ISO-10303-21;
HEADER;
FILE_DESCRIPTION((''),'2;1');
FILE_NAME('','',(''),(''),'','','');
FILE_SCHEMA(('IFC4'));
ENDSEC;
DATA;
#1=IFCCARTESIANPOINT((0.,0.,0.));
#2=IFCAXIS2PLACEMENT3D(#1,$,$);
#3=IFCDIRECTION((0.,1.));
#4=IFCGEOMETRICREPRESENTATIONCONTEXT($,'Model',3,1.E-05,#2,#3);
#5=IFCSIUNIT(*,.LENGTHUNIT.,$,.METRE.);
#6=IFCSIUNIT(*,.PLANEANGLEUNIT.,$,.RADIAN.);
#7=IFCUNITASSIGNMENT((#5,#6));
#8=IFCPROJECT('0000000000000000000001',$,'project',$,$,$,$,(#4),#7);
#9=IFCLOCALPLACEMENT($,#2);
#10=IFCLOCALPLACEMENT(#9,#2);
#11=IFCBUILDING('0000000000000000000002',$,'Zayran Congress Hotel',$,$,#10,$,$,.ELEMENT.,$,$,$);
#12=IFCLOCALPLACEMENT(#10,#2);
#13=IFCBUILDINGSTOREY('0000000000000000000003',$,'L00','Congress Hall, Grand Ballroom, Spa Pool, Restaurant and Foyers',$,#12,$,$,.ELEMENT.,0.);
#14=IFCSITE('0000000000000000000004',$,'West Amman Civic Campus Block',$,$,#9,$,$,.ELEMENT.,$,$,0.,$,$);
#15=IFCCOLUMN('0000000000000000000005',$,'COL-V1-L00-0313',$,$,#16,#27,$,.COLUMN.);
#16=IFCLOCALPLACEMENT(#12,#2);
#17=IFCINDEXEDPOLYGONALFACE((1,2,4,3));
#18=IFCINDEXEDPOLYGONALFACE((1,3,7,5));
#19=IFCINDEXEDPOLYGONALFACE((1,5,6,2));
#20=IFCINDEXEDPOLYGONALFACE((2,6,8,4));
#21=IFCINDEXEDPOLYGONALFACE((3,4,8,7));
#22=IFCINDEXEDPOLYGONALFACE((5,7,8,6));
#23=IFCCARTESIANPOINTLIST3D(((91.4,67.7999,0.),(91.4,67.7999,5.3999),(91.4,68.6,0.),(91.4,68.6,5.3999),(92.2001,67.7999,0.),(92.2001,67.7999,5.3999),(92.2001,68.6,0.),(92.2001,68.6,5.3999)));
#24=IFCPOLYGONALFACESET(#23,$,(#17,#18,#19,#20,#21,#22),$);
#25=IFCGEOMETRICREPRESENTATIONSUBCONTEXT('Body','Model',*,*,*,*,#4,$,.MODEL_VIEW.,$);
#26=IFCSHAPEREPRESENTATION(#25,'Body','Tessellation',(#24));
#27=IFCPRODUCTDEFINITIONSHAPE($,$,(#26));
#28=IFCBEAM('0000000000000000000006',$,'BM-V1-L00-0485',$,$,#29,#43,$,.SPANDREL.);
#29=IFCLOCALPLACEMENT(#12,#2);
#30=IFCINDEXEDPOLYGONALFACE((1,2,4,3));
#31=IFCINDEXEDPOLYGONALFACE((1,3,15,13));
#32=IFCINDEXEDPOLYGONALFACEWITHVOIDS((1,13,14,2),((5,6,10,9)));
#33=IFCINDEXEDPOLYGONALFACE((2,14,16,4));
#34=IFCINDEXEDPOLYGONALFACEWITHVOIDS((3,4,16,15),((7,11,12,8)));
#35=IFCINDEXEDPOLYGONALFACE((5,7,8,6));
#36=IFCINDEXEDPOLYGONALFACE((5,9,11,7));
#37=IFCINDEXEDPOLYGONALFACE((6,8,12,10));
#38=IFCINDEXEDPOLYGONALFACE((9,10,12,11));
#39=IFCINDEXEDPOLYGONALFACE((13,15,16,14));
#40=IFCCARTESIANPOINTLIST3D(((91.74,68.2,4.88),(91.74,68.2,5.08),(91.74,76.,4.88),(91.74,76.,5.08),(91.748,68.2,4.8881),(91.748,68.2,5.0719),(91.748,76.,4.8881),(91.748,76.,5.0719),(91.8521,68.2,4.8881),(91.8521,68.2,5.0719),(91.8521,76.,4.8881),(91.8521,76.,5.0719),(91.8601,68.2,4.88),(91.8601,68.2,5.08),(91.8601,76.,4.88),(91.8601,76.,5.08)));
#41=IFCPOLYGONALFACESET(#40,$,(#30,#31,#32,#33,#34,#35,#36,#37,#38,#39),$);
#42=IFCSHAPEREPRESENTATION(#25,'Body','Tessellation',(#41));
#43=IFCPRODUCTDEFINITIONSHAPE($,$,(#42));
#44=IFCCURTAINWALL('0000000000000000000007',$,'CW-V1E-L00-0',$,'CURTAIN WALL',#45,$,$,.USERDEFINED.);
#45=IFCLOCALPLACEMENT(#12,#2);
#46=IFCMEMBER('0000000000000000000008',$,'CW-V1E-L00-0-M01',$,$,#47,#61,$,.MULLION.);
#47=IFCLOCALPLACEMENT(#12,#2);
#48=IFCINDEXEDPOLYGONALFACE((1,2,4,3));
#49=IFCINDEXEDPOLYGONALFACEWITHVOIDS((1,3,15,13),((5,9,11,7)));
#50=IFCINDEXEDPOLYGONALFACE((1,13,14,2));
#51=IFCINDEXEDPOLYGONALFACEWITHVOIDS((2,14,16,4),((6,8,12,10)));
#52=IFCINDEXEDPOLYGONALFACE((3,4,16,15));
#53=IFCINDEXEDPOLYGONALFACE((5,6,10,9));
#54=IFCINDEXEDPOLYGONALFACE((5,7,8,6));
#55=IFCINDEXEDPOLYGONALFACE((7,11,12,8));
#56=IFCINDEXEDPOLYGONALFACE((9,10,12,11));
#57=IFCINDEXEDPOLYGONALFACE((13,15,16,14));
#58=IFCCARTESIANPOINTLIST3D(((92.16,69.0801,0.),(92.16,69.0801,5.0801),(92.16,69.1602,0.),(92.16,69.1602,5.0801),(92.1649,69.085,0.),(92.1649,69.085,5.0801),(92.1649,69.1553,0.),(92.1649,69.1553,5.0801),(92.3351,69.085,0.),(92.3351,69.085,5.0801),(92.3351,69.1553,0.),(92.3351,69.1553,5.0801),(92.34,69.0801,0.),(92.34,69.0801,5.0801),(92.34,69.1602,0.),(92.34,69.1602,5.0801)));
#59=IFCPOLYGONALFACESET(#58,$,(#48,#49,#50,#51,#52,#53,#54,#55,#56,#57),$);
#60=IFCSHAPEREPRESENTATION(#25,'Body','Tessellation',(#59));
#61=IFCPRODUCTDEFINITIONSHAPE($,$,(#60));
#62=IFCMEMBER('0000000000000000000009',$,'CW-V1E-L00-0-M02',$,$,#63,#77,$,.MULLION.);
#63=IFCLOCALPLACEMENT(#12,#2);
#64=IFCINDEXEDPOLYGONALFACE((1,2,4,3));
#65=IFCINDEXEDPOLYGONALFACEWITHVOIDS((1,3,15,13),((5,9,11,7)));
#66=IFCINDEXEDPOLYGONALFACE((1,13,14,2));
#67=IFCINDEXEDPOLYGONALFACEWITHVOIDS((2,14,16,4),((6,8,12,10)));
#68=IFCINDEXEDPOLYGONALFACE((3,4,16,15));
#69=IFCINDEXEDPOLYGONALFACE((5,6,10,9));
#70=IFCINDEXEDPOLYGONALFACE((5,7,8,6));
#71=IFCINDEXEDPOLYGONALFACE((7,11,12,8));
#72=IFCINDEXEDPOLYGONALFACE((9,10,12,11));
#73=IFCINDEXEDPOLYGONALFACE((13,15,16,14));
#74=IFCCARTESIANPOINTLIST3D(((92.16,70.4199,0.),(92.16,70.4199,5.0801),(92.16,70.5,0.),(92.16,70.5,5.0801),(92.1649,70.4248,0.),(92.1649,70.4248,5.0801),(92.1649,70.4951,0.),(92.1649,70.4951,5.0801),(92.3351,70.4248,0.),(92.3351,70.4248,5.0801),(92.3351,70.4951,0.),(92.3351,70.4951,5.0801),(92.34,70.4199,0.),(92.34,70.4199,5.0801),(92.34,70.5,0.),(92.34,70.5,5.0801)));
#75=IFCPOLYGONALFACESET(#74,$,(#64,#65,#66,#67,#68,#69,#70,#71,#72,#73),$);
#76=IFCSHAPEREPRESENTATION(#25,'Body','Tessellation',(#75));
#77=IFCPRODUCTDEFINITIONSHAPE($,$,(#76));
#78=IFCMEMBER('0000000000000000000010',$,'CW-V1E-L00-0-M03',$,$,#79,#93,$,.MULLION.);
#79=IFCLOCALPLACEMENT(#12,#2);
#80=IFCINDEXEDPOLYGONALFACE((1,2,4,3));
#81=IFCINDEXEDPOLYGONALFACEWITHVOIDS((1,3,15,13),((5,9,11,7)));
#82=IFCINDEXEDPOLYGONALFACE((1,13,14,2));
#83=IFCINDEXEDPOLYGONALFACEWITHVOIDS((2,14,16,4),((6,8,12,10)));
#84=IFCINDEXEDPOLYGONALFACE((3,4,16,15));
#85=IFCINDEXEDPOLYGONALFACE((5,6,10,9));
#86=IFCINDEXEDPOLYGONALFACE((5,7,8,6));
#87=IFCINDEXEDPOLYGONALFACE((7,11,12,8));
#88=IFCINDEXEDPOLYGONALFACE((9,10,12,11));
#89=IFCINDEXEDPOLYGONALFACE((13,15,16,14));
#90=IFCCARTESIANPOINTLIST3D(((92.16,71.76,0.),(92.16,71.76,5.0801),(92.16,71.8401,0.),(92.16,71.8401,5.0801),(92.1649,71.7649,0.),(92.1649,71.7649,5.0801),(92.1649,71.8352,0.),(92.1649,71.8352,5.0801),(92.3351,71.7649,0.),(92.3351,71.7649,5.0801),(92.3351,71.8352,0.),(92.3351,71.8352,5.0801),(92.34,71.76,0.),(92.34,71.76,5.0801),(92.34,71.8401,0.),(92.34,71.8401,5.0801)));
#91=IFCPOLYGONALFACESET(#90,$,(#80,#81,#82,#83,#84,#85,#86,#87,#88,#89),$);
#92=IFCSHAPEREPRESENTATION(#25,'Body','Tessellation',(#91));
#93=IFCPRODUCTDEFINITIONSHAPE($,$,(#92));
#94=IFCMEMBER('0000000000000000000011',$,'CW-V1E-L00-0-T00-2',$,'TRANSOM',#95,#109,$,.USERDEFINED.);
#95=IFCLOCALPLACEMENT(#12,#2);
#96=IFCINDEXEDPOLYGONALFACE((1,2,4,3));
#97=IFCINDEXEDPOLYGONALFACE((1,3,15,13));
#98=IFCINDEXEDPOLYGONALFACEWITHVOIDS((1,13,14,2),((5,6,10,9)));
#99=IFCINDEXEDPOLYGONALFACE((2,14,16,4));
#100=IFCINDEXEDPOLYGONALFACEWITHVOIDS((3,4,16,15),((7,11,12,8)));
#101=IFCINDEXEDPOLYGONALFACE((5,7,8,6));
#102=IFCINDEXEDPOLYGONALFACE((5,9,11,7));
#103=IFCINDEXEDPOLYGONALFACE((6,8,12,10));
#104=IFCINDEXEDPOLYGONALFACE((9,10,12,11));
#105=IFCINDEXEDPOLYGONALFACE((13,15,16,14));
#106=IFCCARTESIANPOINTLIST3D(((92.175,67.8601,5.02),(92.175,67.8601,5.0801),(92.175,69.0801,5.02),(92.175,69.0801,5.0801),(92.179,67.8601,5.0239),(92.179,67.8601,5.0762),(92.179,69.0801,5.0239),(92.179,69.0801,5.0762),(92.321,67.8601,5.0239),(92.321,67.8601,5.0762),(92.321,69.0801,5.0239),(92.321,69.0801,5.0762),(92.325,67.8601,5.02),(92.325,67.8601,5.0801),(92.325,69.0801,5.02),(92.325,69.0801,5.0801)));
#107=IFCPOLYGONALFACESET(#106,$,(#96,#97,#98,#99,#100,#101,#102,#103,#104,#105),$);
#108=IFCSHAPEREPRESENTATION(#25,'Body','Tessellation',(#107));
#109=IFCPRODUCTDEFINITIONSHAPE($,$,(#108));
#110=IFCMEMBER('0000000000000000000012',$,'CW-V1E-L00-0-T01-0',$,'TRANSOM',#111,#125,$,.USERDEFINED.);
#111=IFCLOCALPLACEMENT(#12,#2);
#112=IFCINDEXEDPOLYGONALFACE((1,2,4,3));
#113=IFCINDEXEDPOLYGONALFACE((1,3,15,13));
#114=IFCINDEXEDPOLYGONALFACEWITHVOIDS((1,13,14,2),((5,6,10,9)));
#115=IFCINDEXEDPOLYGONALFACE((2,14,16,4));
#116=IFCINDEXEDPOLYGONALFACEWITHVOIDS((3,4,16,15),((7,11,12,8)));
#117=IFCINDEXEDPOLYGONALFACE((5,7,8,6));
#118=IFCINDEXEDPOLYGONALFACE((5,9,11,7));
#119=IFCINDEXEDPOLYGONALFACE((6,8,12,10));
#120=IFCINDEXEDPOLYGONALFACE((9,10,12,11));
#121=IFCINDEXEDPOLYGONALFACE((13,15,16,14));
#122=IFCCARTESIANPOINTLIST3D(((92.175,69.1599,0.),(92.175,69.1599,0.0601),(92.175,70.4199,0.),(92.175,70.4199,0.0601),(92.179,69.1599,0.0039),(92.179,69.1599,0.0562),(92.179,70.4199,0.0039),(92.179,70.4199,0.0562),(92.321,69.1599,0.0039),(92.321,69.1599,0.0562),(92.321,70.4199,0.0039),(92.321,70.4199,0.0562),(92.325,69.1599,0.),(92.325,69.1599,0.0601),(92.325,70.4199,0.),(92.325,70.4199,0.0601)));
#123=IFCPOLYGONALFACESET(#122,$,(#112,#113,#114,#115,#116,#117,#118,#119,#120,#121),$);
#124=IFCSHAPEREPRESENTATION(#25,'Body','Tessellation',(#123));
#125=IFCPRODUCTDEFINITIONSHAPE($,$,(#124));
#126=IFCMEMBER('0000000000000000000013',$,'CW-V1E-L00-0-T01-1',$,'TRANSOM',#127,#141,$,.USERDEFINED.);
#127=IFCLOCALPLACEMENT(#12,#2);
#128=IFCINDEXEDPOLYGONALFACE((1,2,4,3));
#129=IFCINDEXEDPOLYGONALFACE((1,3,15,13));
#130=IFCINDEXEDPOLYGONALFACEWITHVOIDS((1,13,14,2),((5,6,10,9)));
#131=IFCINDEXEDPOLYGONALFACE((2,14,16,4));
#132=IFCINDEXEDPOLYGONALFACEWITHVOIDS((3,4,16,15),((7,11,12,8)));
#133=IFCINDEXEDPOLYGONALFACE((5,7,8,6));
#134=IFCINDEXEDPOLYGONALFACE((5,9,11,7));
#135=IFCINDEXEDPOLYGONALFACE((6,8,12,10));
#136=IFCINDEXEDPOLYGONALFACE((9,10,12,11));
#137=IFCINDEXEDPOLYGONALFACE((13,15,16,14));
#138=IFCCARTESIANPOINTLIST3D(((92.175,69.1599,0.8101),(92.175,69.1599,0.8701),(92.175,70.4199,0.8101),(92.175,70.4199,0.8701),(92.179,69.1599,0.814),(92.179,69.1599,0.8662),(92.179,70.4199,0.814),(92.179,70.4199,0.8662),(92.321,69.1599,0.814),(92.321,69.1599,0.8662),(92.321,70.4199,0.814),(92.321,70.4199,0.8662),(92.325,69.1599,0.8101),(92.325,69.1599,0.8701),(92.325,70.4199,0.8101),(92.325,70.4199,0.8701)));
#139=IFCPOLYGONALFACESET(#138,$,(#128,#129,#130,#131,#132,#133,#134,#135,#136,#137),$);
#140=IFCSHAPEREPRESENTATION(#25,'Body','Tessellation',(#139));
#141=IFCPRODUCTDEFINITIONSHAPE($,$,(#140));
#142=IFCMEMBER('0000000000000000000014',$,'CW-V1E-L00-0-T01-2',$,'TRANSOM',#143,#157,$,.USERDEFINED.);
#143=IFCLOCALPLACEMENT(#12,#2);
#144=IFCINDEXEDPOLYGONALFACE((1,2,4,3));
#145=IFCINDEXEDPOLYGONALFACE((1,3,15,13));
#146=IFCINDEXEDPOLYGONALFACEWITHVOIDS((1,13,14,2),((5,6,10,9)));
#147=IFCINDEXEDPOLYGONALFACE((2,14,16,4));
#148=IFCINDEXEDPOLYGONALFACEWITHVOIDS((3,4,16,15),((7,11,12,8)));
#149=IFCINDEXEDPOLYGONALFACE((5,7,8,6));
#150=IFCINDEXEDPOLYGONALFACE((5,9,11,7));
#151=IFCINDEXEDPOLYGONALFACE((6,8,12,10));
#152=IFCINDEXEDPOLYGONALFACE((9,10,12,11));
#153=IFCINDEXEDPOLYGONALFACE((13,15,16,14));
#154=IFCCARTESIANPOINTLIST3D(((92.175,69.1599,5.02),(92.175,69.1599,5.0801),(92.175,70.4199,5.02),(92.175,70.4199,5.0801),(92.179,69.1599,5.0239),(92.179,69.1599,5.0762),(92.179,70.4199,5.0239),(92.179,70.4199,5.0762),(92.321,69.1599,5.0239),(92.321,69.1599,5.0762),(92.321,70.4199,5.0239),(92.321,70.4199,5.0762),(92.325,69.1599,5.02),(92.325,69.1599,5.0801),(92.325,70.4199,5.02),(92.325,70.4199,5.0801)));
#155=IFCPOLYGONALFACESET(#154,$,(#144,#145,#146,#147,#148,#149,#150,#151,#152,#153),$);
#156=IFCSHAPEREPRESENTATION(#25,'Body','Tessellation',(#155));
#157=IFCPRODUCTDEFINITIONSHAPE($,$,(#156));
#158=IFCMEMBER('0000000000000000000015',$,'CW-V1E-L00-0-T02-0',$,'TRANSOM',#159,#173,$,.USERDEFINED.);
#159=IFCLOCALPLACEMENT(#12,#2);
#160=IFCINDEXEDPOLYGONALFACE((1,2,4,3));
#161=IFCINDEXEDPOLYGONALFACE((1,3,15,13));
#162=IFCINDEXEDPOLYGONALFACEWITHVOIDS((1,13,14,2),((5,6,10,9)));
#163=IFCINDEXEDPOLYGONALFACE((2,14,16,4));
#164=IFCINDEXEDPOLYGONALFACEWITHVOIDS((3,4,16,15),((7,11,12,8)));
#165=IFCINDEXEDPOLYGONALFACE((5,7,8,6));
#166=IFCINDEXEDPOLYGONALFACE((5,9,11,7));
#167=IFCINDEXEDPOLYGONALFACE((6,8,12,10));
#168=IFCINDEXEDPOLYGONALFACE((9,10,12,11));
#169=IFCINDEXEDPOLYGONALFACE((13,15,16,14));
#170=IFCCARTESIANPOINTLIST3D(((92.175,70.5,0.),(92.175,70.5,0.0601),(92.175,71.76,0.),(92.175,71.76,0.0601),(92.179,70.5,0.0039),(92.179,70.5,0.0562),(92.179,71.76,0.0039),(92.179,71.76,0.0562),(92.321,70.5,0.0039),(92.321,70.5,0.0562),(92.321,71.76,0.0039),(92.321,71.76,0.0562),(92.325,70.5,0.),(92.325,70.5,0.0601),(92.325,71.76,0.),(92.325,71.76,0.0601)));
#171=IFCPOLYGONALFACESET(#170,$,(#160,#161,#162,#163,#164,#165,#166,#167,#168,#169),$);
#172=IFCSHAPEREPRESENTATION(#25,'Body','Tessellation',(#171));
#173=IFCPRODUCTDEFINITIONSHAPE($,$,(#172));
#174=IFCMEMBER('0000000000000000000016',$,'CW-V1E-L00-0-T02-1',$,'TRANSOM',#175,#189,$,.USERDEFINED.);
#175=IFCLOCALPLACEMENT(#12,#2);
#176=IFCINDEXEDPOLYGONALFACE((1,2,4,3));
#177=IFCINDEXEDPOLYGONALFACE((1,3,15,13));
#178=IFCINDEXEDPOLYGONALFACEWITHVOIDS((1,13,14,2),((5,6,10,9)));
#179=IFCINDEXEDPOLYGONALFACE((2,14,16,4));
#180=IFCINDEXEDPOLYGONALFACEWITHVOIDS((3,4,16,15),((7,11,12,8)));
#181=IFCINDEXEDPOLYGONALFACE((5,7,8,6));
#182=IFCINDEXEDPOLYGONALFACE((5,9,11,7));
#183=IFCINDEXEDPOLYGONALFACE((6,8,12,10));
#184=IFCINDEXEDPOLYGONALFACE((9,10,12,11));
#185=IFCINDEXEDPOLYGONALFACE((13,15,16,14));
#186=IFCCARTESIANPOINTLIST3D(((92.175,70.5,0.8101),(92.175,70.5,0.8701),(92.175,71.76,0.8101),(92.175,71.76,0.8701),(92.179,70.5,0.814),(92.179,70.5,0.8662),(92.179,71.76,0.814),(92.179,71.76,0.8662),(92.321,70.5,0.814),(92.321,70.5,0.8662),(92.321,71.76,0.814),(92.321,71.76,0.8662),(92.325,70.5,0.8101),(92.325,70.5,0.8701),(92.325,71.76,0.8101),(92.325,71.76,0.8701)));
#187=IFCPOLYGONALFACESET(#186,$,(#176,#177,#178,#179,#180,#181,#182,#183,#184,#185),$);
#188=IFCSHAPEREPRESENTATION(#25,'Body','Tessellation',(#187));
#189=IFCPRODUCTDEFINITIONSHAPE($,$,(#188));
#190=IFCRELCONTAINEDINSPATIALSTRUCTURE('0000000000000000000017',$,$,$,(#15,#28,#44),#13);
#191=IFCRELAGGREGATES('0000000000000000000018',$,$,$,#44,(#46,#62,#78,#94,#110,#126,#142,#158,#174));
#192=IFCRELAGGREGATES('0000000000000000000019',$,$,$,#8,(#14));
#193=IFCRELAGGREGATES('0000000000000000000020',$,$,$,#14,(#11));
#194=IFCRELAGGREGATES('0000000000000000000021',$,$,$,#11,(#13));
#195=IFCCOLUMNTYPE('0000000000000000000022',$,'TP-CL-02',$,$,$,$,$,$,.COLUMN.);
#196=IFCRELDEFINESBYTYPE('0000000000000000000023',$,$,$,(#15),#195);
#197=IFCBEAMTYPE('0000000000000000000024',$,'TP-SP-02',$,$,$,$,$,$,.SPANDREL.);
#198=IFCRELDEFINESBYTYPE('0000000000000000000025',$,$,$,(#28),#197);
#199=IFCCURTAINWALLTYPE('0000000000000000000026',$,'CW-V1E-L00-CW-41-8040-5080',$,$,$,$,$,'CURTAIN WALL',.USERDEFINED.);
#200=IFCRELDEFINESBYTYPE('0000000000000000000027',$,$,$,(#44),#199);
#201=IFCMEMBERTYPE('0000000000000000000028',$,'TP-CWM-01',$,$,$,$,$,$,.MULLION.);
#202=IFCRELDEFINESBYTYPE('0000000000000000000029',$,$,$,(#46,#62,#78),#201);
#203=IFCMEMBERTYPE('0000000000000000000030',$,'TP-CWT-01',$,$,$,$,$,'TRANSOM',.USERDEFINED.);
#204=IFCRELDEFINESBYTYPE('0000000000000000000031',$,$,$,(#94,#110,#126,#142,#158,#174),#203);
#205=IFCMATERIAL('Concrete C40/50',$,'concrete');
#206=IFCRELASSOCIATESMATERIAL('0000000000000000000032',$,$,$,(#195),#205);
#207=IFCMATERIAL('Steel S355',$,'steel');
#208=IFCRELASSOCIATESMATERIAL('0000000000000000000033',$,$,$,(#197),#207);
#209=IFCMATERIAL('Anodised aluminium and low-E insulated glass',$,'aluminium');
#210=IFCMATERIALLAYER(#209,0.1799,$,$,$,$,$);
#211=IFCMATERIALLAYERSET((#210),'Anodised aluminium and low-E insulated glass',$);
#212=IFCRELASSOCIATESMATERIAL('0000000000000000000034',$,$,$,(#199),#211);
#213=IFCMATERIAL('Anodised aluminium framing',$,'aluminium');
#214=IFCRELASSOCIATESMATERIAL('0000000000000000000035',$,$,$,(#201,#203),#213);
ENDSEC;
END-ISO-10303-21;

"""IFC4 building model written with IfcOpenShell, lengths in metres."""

from ifc_helpers import new_model, si_unit, direction, frame, origin, origin_2d, place, context, subcontext, project, spatial, rectangle, hollow_rectangle, extrude, material, layer, layer_set, material_profile, profile_set, type_object, element, aggregate, save


model = new_model("IFC4")

# Units and contexts
model_context = context("Model", 3, precision=1e-05, world=origin(), true_north=direction((0.0, 1.0)))
body_context = subcontext(model_context, "Body", "Model", "MODEL_VIEW")
ifc_project = project(units=[si_unit("LENGTHUNIT", "METRE"), si_unit("PLANEANGLEUNIT", "RADIAN")], contexts=[model_context])

# Site, building, storey
site_placement = place(None, origin())
site = spatial("IfcSite", under=ifc_project, at=site_placement, Name="West Amman Civic Campus Block", CompositionType="ELEMENT", RefElevation=0.0)
building_placement = place(site_placement, origin())
building = spatial("IfcBuilding", under=site, at=building_placement, Name="Zayran Congress Hotel", CompositionType="ELEMENT")
storey_placement = place(building_placement, origin())
storey = spatial("IfcBuildingStorey", under=building, at=storey_placement, Name="L00", Description="Congress Hall, Grand Ballroom, Spa Pool, Restaurant and Foyers", CompositionType="ELEMENT", Elevation=0.0)

# Column
ifc_material_1 = material(Name="Concrete C40/50", Category="concrete")
ifc_material_profile_1 = material_profile(ifc_material_1, rectangle(XDim=0.8, YDim=0.8, at=origin_2d()), Name="RC 800x800")
ifc_profile_set_1 = profile_set([ifc_material_profile_1], Name="Concrete C40/50")
column_type = type_object("IfcColumnType", Name="TP-CL-02", PredefinedType="COLUMN", material=ifc_profile_set_1)
column_placement = place(storey_placement, frame((91.8, 68.2, 0.0), z_axis=(0.0, 0.0, 1.0), x_axis=(1.0, 0.0, 0.0)))
element("IfcColumn", 1, at=column_placement, inside=storey, type_object=column_type, Name="COL-V1-L00-0313", PredefinedType="COLUMN", context=body_context, shape_type="SweptSolid", body=[
    extrude(rectangle(XDim=0.8, YDim=0.8, at=origin_2d()), origin(), (0.0, 0.0, 1.0), 5.3999),
])

# Beam
ifc_material_2 = material(Name="Steel S355", Category="steel")
ifc_material_profile_2 = material_profile(ifc_material_2, hollow_rectangle(XDim=0.1201, YDim=0.2, WallThickness=0.0081, at=origin_2d()), Name="RHS 200x120x8")
ifc_profile_set_2 = profile_set([ifc_material_profile_2], Name="Steel S355")
beam_type = type_object("IfcBeamType", Name="TP-SP-02", PredefinedType="SPANDREL", material=ifc_profile_set_2)
beam_placement = place(storey_placement, frame((91.8, 68.2, 4.98), z_axis=(0.0, 1.0, 0.0), x_axis=(-1.0, 0.0, 0.0)))
element("IfcBeam", 2, at=beam_placement, inside=storey, type_object=beam_type, Name="BM-V1-L00-0485", PredefinedType="SPANDREL", context=body_context, shape_type="SweptSolid", body=[
    extrude(hollow_rectangle(XDim=0.1201, YDim=0.2, WallThickness=0.0081, at=origin_2d()), origin(), (0.0, 0.0, 1.0), 7.8),
])

# Curtain wall, members
ifc_material_3 = material(Name="Anodised aluminium and low-E insulated glass", Category="aluminium")
ifc_layer_1 = layer(ifc_material_3, 0.1799)
ifc_layer_set_1 = layer_set([ifc_layer_1], Name="Anodised aluminium and low-E insulated glass")
curtain_wall_type = type_object("IfcCurtainWallType", Name="CW-V1E-L00-CW-41-8040-5080", ElementType="CURTAIN WALL", PredefinedType="USERDEFINED", material=ifc_layer_set_1)
curtain_wall_placement = place(storey_placement, origin())
curtain_wall = element("IfcCurtainWall", 3, at=curtain_wall_placement, inside=storey, type_object=curtain_wall_type, Name="CW-V1E-L00-0", ObjectType="CURTAIN WALL", PredefinedType="USERDEFINED")
ifc_material_4 = material(Name="Anodised aluminium framing", Category="aluminium")
ifc_material_profile_3 = material_profile(ifc_material_4, hollow_rectangle(XDim=0.0801, YDim=0.1799, WallThickness=0.0049, at=origin_2d()), Name="RHS 180x80x5")
ifc_profile_set_3 = profile_set([ifc_material_profile_3], Name="Anodised aluminium framing")
member_type_1 = type_object("IfcMemberType", Name="TP-CWM-01", PredefinedType="MULLION", material=ifc_profile_set_3)
member_1_placement = place(storey_placement, frame((92.25, 69.1201, 0.0), z_axis=(0.0, 0.0, 1.0), x_axis=(0.0, 1.0, 0.0)))
member_1 = element("IfcMember", 4, at=member_1_placement, type_object=member_type_1, Name="CW-V1E-L00-0-M01", PredefinedType="MULLION", context=body_context, shape_type="SweptSolid", body=[
    extrude(hollow_rectangle(XDim=0.0801, YDim=0.1799, WallThickness=0.0049, at=origin_2d()), origin(), (0.0, 0.0, 1.0), 5.0801),
])
member_2_placement = place(storey_placement, frame((92.25, 70.46, 0.0), z_axis=(0.0, 0.0, 1.0), x_axis=(0.0, 1.0, 0.0)))
member_2 = element("IfcMember", 5, at=member_2_placement, type_object=member_type_1, Name="CW-V1E-L00-0-M02", PredefinedType="MULLION", context=body_context, shape_type="SweptSolid", body=[
    extrude(hollow_rectangle(XDim=0.0801, YDim=0.1799, WallThickness=0.0049, at=origin_2d()), origin(), (0.0, 0.0, 1.0), 5.0801),
])
member_3_placement = place(storey_placement, frame((92.25, 71.8, 0.0), z_axis=(0.0, 0.0, 1.0), x_axis=(0.0, 1.0, 0.0)))
member_3 = element("IfcMember", 6, at=member_3_placement, type_object=member_type_1, Name="CW-V1E-L00-0-M03", PredefinedType="MULLION", context=body_context, shape_type="SweptSolid", body=[
    extrude(hollow_rectangle(XDim=0.0801, YDim=0.1799, WallThickness=0.0049, at=origin_2d()), origin(), (0.0, 0.0, 1.0), 5.0801),
])
ifc_material_profile_4 = material_profile(ifc_material_4, hollow_rectangle(XDim=0.0601, YDim=0.1499, WallThickness=0.0039, at=origin_2d()), Name="RHS 150x60x4")
ifc_profile_set_4 = profile_set([ifc_material_profile_4], Name="Anodised aluminium framing")
member_type_2 = type_object("IfcMemberType", Name="TP-CWT-01", ElementType="TRANSOM", PredefinedType="USERDEFINED", material=ifc_profile_set_4)
member_4_placement = place(storey_placement, frame((92.25, 67.8601, 5.05), z_axis=(0.0, 1.0, 0.0), x_axis=(0.0, 0.0, 1.0)))
member_4 = element("IfcMember", 7, at=member_4_placement, type_object=member_type_2, Name="CW-V1E-L00-0-T00-2", ObjectType="TRANSOM", PredefinedType="USERDEFINED", context=body_context, shape_type="SweptSolid", body=[
    extrude(hollow_rectangle(XDim=0.0601, YDim=0.1499, WallThickness=0.0039, at=origin_2d()), origin(), (0.0, 0.0, 1.0), 1.22),
])
member_5_placement = place(storey_placement, frame((92.25, 69.1599, 0.03), z_axis=(0.0, 1.0, 0.0), x_axis=(0.0, 0.0, 1.0)))
member_5 = element("IfcMember", 8, at=member_5_placement, type_object=member_type_2, Name="CW-V1E-L00-0-T01-0", ObjectType="TRANSOM", PredefinedType="USERDEFINED", context=body_context, shape_type="SweptSolid", body=[
    extrude(hollow_rectangle(XDim=0.0601, YDim=0.1499, WallThickness=0.0039, at=origin_2d()), origin(), (0.0, 0.0, 1.0), 1.26),
])
member_6_placement = place(storey_placement, frame((92.25, 69.1599, 0.8401), z_axis=(0.0, 1.0, 0.0), x_axis=(0.0, 0.0, 1.0)))
member_6 = element("IfcMember", 9, at=member_6_placement, type_object=member_type_2, Name="CW-V1E-L00-0-T01-1", ObjectType="TRANSOM", PredefinedType="USERDEFINED", context=body_context, shape_type="SweptSolid", body=[
    extrude(hollow_rectangle(XDim=0.0601, YDim=0.1499, WallThickness=0.0039, at=origin_2d()), origin(), (0.0, 0.0, 1.0), 1.26),
])
member_7_placement = place(storey_placement, frame((92.25, 69.1599, 5.05), z_axis=(0.0, 1.0, 0.0), x_axis=(0.0, 0.0, 1.0)))
member_7 = element("IfcMember", 10, at=member_7_placement, type_object=member_type_2, Name="CW-V1E-L00-0-T01-2", ObjectType="TRANSOM", PredefinedType="USERDEFINED", context=body_context, shape_type="SweptSolid", body=[
    extrude(hollow_rectangle(XDim=0.0601, YDim=0.1499, WallThickness=0.0039, at=origin_2d()), origin(), (0.0, 0.0, 1.0), 1.26),
])
member_8_placement = place(storey_placement, frame((92.25, 70.5, 0.03), z_axis=(0.0, 1.0, 0.0), x_axis=(0.0, 0.0, 1.0)))
member_8 = element("IfcMember", 11, at=member_8_placement, type_object=member_type_2, Name="CW-V1E-L00-0-T02-0", ObjectType="TRANSOM", PredefinedType="USERDEFINED", context=body_context, shape_type="SweptSolid", body=[
    extrude(hollow_rectangle(XDim=0.0601, YDim=0.1499, WallThickness=0.0039, at=origin_2d()), origin(), (0.0, 0.0, 1.0), 1.26),
])
member_9_placement = place(storey_placement, frame((92.25, 70.5, 0.8401), z_axis=(0.0, 1.0, 0.0), x_axis=(0.0, 0.0, 1.0)))
member_9 = element("IfcMember", 12, at=member_9_placement, type_object=member_type_2, Name="CW-V1E-L00-0-T02-1", ObjectType="TRANSOM", PredefinedType="USERDEFINED", context=body_context, shape_type="SweptSolid", body=[
    extrude(hollow_rectangle(XDim=0.0601, YDim=0.1499, WallThickness=0.0039, at=origin_2d()), origin(), (0.0, 0.0, 1.0), 1.26),
])
aggregate(curtain_wall, [member_1, member_2, member_3, member_4, member_5, member_6, member_7, member_8, member_9])

save(model, "model.ifc")
